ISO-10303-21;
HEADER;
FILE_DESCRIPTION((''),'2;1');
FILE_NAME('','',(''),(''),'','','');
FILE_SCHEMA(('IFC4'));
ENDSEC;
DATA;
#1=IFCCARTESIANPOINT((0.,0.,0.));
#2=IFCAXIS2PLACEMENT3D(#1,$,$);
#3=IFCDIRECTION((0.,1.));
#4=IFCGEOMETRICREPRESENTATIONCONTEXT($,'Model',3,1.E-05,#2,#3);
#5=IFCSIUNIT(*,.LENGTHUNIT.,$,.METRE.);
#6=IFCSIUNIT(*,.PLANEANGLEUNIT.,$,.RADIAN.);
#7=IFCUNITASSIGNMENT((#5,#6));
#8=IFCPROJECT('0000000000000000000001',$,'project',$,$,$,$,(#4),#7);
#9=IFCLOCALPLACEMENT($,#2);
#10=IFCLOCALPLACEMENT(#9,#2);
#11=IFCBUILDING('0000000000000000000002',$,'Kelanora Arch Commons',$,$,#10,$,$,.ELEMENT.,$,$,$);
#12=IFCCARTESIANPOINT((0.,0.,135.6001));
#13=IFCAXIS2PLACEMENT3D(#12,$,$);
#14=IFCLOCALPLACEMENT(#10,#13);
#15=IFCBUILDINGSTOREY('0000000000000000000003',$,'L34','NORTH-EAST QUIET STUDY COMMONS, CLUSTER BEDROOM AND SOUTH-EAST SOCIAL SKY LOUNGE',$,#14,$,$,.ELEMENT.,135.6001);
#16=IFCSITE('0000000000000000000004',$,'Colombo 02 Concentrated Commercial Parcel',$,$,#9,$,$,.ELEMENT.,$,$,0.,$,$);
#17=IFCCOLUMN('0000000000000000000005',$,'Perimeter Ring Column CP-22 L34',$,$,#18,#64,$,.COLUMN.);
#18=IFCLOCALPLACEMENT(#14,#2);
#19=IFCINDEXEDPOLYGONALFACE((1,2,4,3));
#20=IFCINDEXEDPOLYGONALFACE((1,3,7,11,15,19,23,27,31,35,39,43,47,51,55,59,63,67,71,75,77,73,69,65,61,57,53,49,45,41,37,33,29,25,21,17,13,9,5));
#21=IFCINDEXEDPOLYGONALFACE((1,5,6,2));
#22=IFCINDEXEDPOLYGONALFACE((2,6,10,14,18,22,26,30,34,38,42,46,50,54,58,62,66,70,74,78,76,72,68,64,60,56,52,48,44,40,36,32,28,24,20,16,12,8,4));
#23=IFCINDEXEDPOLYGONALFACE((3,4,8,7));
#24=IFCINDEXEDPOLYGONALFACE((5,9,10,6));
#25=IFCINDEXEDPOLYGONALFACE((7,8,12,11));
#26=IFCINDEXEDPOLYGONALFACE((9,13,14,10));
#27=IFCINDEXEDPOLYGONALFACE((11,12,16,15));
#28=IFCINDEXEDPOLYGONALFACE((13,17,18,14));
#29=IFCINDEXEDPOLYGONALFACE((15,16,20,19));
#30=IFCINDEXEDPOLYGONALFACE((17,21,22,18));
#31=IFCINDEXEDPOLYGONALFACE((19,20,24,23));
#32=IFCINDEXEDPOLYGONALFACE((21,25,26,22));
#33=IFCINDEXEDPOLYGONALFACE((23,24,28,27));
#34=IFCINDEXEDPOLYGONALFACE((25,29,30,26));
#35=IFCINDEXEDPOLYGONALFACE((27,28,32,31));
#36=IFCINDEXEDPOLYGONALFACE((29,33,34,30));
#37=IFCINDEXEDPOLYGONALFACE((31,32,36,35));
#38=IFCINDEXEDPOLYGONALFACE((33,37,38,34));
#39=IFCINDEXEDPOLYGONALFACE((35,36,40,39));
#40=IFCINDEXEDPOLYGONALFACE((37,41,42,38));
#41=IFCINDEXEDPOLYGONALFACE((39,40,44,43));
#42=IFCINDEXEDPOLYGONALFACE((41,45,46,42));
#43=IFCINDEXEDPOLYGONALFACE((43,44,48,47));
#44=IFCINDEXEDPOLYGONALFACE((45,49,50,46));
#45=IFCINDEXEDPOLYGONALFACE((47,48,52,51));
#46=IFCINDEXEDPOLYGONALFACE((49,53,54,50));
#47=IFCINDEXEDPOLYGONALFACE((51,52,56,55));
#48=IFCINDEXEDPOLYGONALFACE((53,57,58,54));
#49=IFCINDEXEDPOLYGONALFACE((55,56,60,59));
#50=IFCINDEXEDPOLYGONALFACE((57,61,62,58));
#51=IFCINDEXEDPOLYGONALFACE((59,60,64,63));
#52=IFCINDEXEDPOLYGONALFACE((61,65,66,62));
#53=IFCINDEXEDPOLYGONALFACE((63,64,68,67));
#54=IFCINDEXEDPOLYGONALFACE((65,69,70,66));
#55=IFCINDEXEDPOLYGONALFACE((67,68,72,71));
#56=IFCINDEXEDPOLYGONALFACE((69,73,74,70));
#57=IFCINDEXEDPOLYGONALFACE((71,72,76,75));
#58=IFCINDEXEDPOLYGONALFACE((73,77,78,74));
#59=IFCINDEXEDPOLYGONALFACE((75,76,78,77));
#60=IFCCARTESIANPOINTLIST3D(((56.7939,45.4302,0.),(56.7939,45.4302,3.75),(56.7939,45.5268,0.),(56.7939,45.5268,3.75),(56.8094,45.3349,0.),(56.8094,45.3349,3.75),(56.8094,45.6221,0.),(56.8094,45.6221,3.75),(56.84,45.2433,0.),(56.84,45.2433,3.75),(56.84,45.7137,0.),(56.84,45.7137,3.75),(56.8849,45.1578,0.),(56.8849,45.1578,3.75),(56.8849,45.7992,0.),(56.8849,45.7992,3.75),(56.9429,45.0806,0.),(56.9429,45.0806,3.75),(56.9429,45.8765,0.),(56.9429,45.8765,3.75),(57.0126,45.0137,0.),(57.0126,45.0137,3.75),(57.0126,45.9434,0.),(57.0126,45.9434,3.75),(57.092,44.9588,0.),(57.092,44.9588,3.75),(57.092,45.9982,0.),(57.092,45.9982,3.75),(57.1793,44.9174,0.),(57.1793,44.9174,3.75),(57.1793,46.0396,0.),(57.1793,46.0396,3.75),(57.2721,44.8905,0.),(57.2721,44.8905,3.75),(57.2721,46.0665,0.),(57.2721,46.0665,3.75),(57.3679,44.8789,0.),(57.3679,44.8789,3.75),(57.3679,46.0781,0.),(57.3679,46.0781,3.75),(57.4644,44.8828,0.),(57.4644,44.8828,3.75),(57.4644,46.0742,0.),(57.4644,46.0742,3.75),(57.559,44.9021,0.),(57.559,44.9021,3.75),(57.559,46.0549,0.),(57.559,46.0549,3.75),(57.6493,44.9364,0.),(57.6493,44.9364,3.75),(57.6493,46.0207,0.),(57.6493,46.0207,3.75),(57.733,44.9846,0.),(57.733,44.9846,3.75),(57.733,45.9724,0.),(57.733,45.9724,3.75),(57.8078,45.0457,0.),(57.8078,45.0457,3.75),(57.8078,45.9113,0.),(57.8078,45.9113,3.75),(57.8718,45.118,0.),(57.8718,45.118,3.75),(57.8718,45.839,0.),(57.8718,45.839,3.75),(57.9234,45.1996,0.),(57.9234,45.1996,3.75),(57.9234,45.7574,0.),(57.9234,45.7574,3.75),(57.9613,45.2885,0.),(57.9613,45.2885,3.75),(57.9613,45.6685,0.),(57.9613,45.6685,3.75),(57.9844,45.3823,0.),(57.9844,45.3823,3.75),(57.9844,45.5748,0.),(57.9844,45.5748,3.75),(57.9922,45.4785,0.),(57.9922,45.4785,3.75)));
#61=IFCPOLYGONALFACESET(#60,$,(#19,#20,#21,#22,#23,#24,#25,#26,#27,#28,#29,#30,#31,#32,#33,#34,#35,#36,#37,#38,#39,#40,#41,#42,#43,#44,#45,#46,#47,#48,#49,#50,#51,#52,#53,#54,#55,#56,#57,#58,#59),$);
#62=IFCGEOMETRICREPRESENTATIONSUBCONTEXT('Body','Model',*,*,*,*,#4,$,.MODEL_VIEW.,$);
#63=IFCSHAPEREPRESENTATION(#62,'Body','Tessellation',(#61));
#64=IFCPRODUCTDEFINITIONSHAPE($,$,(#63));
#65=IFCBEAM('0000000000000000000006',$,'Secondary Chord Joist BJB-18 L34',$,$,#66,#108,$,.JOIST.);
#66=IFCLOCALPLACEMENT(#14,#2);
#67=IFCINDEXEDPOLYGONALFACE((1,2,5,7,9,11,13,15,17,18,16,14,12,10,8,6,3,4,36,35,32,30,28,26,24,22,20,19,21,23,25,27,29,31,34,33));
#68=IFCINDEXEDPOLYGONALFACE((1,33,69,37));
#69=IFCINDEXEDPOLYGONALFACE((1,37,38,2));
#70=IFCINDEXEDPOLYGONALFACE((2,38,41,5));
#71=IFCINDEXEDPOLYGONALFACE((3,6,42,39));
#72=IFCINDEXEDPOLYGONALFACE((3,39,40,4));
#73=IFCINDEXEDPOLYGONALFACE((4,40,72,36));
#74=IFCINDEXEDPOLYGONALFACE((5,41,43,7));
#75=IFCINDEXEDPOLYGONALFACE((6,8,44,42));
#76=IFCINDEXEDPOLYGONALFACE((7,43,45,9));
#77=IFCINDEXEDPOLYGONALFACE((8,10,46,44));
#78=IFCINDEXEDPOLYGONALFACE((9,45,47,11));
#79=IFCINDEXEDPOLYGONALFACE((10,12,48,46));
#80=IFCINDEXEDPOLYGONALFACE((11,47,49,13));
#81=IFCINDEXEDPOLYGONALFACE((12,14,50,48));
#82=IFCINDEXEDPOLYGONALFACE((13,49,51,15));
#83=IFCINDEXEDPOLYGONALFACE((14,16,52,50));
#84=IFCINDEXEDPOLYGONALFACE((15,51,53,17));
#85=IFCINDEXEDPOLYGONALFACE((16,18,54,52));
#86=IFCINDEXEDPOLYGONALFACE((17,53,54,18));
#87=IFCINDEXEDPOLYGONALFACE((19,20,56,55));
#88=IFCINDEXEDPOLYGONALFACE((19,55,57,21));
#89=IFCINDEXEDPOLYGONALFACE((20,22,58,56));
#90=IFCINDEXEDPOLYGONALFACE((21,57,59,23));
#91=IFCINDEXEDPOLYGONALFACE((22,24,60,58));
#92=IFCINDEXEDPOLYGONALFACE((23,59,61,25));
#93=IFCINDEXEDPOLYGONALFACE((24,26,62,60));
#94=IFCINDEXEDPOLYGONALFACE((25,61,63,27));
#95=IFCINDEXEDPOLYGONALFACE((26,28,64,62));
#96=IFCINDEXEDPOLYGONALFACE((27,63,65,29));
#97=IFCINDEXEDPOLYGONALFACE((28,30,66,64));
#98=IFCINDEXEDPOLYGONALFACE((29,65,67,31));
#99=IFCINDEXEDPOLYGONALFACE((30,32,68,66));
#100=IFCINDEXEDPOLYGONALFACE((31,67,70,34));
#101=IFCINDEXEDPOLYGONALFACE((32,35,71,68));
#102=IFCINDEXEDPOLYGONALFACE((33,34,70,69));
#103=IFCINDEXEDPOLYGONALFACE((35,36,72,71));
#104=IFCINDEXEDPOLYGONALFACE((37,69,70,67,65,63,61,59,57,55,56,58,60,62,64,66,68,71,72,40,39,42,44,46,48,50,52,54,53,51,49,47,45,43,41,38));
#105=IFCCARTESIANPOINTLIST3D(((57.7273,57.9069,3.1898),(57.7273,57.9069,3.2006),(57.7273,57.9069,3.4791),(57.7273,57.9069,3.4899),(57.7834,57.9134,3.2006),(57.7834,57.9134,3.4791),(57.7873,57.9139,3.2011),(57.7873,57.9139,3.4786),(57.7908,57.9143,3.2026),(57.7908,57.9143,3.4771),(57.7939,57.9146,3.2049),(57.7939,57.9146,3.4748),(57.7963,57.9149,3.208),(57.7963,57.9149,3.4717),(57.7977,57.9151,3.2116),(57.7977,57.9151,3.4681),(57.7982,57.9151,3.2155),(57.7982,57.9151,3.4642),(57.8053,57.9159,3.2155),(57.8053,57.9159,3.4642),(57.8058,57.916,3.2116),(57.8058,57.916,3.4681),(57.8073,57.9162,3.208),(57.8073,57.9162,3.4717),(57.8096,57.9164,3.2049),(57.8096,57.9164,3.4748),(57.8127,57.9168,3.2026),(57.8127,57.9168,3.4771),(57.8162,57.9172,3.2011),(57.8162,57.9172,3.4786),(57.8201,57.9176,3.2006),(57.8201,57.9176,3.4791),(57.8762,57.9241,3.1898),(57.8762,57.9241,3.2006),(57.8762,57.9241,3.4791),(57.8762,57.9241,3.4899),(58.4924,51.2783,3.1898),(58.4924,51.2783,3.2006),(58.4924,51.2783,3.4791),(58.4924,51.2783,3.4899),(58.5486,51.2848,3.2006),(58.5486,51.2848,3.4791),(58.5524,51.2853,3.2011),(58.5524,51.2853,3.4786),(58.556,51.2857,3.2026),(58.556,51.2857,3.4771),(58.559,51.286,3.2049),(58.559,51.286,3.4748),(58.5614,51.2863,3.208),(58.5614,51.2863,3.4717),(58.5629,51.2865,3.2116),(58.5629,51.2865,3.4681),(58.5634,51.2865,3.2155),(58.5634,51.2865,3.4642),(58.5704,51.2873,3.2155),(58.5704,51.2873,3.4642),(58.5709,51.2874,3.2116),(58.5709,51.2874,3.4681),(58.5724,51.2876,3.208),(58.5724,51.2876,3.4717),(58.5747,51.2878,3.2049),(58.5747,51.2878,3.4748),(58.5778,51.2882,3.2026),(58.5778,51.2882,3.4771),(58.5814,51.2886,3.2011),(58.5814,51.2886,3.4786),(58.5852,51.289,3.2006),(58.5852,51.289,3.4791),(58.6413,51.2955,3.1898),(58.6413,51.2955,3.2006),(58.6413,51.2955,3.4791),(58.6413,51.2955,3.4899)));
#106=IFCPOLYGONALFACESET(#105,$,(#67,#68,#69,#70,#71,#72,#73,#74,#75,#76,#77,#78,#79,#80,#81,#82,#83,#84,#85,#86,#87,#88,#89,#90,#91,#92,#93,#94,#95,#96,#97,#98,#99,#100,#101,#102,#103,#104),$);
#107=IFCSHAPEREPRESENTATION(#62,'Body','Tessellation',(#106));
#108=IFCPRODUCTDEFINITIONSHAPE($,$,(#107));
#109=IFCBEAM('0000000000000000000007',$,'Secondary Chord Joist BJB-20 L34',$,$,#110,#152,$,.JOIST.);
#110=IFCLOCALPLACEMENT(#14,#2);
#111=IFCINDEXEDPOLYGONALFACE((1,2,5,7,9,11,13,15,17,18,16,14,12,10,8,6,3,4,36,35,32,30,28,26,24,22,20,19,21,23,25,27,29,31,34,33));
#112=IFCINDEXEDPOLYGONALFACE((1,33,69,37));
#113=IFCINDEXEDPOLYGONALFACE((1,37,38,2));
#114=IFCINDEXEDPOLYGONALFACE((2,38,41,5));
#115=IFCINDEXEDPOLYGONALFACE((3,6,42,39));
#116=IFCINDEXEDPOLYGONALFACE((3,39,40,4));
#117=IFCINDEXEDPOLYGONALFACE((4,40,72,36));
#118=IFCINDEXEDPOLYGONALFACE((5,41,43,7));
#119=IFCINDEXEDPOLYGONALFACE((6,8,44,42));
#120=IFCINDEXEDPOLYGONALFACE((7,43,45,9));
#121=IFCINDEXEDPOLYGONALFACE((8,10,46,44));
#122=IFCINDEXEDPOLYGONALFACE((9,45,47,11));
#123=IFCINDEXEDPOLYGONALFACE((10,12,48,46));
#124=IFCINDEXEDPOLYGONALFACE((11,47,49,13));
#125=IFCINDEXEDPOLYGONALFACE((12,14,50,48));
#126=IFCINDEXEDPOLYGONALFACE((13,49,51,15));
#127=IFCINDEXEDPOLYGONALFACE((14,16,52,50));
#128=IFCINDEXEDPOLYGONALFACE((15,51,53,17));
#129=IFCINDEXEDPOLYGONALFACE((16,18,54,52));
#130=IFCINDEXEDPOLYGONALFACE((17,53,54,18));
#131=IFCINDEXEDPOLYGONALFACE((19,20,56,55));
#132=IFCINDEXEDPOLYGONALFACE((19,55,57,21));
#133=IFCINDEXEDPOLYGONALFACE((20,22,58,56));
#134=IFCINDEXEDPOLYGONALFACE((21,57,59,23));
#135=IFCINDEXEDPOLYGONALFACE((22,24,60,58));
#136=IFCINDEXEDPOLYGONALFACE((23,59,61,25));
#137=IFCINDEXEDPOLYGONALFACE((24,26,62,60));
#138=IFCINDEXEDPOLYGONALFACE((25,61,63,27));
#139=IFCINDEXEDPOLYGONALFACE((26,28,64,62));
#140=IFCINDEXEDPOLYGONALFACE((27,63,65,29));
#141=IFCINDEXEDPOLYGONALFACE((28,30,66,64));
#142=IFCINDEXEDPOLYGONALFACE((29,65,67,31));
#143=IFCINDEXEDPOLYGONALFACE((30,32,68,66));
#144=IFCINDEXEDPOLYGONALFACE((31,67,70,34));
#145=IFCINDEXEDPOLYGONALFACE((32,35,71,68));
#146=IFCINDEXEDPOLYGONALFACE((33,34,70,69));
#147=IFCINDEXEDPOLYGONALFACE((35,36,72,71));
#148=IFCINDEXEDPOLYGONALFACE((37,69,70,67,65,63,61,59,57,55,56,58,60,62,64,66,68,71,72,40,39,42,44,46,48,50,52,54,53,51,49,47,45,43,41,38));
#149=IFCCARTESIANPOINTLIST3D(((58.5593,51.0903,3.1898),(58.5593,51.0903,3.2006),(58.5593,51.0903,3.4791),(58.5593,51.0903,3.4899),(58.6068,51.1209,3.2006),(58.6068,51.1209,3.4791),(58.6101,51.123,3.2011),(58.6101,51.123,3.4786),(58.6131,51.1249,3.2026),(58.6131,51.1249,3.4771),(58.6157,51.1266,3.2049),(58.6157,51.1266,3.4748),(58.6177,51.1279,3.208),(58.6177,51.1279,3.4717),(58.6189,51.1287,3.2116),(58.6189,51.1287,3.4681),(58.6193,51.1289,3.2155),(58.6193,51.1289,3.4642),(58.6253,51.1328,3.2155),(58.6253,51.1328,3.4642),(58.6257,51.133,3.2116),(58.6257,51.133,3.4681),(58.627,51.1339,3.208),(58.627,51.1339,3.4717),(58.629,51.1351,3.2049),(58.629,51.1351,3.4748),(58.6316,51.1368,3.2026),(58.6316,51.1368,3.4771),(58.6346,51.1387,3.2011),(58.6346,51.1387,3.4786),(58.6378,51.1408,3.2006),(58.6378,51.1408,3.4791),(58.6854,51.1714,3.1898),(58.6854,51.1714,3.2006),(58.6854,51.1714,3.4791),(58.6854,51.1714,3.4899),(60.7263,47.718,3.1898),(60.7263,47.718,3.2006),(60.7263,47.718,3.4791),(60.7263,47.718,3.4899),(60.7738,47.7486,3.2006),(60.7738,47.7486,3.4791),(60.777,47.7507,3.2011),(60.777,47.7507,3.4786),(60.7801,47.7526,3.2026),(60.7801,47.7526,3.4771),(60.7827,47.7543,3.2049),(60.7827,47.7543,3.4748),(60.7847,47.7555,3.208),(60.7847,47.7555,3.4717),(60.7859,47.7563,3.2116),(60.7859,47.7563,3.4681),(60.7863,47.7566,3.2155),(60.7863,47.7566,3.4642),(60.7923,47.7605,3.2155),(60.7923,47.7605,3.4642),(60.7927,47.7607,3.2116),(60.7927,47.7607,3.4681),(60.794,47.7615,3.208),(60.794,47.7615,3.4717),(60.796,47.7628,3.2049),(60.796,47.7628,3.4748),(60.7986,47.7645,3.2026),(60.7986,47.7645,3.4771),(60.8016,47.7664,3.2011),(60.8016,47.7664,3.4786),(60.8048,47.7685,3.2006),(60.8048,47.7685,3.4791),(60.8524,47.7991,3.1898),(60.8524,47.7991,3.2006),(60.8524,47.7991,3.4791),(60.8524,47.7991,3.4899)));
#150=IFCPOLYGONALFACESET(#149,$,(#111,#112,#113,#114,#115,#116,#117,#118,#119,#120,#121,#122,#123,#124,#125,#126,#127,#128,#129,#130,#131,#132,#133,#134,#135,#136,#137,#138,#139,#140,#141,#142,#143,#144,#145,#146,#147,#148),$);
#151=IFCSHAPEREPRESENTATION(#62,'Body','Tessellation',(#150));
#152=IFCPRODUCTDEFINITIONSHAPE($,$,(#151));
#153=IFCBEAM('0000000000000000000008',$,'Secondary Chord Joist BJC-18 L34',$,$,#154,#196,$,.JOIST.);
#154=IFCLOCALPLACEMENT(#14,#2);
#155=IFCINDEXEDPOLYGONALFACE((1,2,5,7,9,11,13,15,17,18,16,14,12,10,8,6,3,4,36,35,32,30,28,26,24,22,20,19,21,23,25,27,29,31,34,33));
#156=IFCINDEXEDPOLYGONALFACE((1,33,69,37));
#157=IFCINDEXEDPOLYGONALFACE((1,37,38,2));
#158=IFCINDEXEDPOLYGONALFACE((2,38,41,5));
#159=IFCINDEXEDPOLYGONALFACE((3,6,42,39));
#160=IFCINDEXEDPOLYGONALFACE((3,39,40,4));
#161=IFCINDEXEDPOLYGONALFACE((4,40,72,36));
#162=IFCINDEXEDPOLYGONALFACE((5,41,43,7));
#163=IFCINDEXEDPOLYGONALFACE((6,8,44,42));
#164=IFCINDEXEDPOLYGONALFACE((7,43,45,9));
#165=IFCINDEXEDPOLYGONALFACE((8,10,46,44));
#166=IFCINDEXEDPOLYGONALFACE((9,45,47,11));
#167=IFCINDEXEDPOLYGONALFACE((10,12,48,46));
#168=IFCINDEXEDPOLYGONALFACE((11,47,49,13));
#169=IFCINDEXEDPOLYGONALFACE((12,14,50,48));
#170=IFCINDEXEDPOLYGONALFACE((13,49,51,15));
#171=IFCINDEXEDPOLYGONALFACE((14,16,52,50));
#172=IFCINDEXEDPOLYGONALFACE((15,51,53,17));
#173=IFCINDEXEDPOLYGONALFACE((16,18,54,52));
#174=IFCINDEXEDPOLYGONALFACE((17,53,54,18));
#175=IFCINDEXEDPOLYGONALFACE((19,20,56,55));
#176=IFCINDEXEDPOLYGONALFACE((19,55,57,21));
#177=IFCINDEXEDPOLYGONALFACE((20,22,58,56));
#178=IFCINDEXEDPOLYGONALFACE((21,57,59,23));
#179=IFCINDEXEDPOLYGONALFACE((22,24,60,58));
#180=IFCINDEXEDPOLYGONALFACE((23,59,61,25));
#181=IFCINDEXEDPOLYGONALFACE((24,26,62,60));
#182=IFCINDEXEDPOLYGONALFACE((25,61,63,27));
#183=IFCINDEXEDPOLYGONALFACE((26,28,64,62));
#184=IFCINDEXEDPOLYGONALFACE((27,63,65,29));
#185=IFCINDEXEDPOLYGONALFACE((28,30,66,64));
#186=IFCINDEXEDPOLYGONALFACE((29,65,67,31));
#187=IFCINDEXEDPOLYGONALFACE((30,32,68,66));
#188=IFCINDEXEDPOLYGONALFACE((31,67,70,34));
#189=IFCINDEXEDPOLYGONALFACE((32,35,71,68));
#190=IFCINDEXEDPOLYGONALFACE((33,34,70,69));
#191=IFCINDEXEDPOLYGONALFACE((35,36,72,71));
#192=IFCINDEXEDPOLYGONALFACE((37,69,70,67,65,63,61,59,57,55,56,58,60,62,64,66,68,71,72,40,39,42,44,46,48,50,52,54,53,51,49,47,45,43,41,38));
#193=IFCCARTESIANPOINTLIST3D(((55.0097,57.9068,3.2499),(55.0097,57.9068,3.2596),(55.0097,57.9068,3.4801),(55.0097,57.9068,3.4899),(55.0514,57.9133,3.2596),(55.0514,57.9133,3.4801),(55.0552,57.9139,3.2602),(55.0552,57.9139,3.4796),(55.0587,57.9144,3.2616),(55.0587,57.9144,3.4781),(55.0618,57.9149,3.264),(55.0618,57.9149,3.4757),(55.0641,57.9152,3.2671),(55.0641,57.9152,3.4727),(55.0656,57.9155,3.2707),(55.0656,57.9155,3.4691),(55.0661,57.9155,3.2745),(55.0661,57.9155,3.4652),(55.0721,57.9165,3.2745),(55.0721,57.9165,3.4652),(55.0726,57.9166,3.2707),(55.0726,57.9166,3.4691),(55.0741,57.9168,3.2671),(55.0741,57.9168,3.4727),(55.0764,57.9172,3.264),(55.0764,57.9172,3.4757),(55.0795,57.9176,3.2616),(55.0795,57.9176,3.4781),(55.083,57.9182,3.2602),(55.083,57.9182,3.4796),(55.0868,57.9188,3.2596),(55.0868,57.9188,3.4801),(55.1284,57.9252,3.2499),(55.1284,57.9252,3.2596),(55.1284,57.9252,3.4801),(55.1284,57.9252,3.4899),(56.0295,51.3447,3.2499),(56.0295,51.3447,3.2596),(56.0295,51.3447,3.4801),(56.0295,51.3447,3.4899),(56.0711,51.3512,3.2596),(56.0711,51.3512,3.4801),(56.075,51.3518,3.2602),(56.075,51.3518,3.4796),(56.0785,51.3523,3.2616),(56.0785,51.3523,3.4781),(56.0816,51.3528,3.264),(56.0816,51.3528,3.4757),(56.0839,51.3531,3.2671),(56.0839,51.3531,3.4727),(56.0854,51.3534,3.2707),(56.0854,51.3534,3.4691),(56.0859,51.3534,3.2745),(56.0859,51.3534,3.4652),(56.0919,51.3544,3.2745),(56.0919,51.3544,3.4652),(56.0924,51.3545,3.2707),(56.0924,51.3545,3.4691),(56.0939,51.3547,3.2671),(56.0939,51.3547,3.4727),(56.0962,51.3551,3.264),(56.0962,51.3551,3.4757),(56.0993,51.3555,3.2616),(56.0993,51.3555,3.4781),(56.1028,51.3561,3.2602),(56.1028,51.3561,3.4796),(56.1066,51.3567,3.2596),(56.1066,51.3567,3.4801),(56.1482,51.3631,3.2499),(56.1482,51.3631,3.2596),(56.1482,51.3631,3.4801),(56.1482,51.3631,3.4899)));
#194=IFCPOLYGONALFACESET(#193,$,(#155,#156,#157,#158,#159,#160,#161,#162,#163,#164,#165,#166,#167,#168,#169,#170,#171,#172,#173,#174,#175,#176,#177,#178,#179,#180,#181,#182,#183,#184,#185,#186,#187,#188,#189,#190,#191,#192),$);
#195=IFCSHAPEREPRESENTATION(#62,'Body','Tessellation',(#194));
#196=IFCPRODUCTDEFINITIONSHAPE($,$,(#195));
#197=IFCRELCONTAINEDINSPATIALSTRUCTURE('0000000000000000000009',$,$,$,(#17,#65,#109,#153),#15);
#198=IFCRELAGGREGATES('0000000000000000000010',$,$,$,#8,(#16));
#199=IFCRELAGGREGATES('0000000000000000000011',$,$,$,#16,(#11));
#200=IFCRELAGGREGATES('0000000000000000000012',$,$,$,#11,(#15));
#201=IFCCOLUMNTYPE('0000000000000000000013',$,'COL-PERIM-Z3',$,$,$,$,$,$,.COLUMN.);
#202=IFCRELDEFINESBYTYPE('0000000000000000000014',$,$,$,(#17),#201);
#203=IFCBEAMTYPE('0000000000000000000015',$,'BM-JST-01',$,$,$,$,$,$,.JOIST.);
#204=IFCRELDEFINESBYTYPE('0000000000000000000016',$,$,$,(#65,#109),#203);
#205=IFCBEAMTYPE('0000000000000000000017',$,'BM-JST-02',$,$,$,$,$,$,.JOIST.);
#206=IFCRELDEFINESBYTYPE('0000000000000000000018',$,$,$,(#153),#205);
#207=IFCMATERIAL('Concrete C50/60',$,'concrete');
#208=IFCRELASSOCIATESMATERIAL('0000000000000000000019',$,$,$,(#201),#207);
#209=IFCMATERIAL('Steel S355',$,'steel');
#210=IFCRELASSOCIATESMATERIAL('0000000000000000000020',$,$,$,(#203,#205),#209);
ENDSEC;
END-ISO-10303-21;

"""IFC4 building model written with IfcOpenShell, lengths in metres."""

from ifc_helpers import new_model, si_unit, direction, frame, origin, origin_2d, place, context, subcontext, project, spatial, circle, i_section, extrude, material, material_profile, profile_set, type_object, element, save


model = new_model("IFC4")

# Units and contexts
model_context = context("Model", 3, precision=1e-05, world=origin(), true_north=direction((0.0, 1.0)))
body_context = subcontext(model_context, "Body", "Model", "MODEL_VIEW")
ifc_project = project(units=[si_unit("LENGTHUNIT", "METRE"), si_unit("PLANEANGLEUNIT", "RADIAN")], contexts=[model_context])

# Site, building, storey
site_placement = place(None, origin())
site = spatial("IfcSite", under=ifc_project, at=site_placement, Name="Colombo 02 Concentrated Commercial Parcel", CompositionType="ELEMENT", RefElevation=0.0)
building_placement = place(site_placement, origin())
building = spatial("IfcBuilding", under=site, at=building_placement, Name="Kelanora Arch Commons", CompositionType="ELEMENT")
storey_placement = place(building_placement, frame((0.0, 0.0, 135.6001)))
storey = spatial("IfcBuildingStorey", under=building, at=storey_placement, Name="L34", Description="NORTH-EAST QUIET STUDY COMMONS, CLUSTER BEDROOM AND SOUTH-EAST SOCIAL SKY LOUNGE", CompositionType="ELEMENT", Elevation=135.6001)

# Column
ifc_material_1 = material(Name="Concrete C50/60", Category="concrete")
ifc_material_profile_1 = material_profile(ifc_material_1, circle(Radius=0.6001, at=origin_2d()), Name="RCC1200")
ifc_profile_set_1 = profile_set([ifc_material_profile_1], Name="Concrete C50/60")
column_type = type_object("IfcColumnType", Name="COL-PERIM-Z3", PredefinedType="COLUMN", material=ifc_profile_set_1)
column_placement = place(storey_placement, frame((57.3921, 45.4785, 0.0), z_axis=(0.0, 0.0, 1.0), x_axis=(1.0, 0.0, 0.0)))
element("IfcColumn", 1, at=column_placement, inside=storey, type_object=column_type, Name="Perimeter Ring Column CP-22 L34", PredefinedType="COLUMN", context=body_context, shape_type="SweptSolid", body=[
    extrude(circle(Radius=0.6001, at=origin_2d()), origin(), (0.0, 0.0, 1.0), 3.75),
])

# Beams
ifc_material_2 = material(Name="Steel S355", Category="steel")
ifc_material_profile_2 = material_profile(ifc_material_2, i_section(OverallWidth=0.1499, OverallDepth=0.3, WebThickness=0.0071, FlangeThickness=0.0107, FilletRadius=0.0149, at=origin_2d()), Name="IPE300")
ifc_profile_set_2 = profile_set([ifc_material_profile_2], Name="Steel S355")
beam_type_1 = type_object("IfcBeamType", Name="BM-JST-01", PredefinedType="JOIST", material=ifc_profile_set_2)
beam_1_placement = place(storey_placement, frame((57.8018, 57.9155, 3.3398), z_axis=(0.114667, -0.993404, 0.0), x_axis=(0.993404, 0.114667, 0.0)))
element("IfcBeam", 2, at=beam_1_placement, inside=storey, type_object=beam_type_1, Name="Secondary Chord Joist BJB-18 L34", PredefinedType="JOIST", context=body_context, shape_type="SweptSolid", body=[
    extrude(i_section(OverallWidth=0.1499, OverallDepth=0.3, WebThickness=0.0071, FlangeThickness=0.0107, FilletRadius=0.0149, at=origin_2d()), origin(), (0.0, 0.0, 1.0), 6.6726),
])
beam_2_placement = place(storey_placement, frame((58.6223, 51.1309, 3.3398), z_axis=(0.540594, -0.841283, 0.0), x_axis=(0.841283, 0.540594, 0.0)))
element("IfcBeam", 3, at=beam_2_placement, inside=storey, type_object=beam_type_1, Name="Secondary Chord Joist BJB-20 L34", PredefinedType="JOIST", context=body_context, shape_type="SweptSolid", body=[
    extrude(i_section(OverallWidth=0.1499, OverallDepth=0.3, WebThickness=0.0071, FlangeThickness=0.0107, FilletRadius=0.0149, at=origin_2d()), origin(), (0.0, 0.0, 1.0), 4.0085),
])
ifc_material_profile_3 = material_profile(ifc_material_2, i_section(OverallWidth=0.1201, OverallDepth=0.24, WebThickness=0.0061, FlangeThickness=0.0098, FilletRadius=0.0149, at=origin_2d()), Name="IPE240")
ifc_profile_set_3 = profile_set([ifc_material_profile_3], Name="Steel S355")
beam_type_2 = type_object("IfcBeamType", Name="BM-JST-02", PredefinedType="JOIST", material=ifc_profile_set_3)
beam_3_placement = place(storey_placement, frame((55.0691, 57.916, 3.3699), z_axis=(0.153563, -0.988139, 0.0), x_axis=(0.988139, 0.153563, 0.0)))
element("IfcBeam", 4, at=beam_3_placement, inside=storey, type_object=beam_type_2, Name="Secondary Chord Joist BJC-18 L34", PredefinedType="JOIST", context=body_context, shape_type="SweptSolid", body=[
    extrude(i_section(OverallWidth=0.1201, OverallDepth=0.24, WebThickness=0.0061, FlangeThickness=0.0098, FilletRadius=0.0149, at=origin_2d()), origin(), (0.0, 0.0, 1.0), 6.6409),
])

save(model, "model.ifc")
